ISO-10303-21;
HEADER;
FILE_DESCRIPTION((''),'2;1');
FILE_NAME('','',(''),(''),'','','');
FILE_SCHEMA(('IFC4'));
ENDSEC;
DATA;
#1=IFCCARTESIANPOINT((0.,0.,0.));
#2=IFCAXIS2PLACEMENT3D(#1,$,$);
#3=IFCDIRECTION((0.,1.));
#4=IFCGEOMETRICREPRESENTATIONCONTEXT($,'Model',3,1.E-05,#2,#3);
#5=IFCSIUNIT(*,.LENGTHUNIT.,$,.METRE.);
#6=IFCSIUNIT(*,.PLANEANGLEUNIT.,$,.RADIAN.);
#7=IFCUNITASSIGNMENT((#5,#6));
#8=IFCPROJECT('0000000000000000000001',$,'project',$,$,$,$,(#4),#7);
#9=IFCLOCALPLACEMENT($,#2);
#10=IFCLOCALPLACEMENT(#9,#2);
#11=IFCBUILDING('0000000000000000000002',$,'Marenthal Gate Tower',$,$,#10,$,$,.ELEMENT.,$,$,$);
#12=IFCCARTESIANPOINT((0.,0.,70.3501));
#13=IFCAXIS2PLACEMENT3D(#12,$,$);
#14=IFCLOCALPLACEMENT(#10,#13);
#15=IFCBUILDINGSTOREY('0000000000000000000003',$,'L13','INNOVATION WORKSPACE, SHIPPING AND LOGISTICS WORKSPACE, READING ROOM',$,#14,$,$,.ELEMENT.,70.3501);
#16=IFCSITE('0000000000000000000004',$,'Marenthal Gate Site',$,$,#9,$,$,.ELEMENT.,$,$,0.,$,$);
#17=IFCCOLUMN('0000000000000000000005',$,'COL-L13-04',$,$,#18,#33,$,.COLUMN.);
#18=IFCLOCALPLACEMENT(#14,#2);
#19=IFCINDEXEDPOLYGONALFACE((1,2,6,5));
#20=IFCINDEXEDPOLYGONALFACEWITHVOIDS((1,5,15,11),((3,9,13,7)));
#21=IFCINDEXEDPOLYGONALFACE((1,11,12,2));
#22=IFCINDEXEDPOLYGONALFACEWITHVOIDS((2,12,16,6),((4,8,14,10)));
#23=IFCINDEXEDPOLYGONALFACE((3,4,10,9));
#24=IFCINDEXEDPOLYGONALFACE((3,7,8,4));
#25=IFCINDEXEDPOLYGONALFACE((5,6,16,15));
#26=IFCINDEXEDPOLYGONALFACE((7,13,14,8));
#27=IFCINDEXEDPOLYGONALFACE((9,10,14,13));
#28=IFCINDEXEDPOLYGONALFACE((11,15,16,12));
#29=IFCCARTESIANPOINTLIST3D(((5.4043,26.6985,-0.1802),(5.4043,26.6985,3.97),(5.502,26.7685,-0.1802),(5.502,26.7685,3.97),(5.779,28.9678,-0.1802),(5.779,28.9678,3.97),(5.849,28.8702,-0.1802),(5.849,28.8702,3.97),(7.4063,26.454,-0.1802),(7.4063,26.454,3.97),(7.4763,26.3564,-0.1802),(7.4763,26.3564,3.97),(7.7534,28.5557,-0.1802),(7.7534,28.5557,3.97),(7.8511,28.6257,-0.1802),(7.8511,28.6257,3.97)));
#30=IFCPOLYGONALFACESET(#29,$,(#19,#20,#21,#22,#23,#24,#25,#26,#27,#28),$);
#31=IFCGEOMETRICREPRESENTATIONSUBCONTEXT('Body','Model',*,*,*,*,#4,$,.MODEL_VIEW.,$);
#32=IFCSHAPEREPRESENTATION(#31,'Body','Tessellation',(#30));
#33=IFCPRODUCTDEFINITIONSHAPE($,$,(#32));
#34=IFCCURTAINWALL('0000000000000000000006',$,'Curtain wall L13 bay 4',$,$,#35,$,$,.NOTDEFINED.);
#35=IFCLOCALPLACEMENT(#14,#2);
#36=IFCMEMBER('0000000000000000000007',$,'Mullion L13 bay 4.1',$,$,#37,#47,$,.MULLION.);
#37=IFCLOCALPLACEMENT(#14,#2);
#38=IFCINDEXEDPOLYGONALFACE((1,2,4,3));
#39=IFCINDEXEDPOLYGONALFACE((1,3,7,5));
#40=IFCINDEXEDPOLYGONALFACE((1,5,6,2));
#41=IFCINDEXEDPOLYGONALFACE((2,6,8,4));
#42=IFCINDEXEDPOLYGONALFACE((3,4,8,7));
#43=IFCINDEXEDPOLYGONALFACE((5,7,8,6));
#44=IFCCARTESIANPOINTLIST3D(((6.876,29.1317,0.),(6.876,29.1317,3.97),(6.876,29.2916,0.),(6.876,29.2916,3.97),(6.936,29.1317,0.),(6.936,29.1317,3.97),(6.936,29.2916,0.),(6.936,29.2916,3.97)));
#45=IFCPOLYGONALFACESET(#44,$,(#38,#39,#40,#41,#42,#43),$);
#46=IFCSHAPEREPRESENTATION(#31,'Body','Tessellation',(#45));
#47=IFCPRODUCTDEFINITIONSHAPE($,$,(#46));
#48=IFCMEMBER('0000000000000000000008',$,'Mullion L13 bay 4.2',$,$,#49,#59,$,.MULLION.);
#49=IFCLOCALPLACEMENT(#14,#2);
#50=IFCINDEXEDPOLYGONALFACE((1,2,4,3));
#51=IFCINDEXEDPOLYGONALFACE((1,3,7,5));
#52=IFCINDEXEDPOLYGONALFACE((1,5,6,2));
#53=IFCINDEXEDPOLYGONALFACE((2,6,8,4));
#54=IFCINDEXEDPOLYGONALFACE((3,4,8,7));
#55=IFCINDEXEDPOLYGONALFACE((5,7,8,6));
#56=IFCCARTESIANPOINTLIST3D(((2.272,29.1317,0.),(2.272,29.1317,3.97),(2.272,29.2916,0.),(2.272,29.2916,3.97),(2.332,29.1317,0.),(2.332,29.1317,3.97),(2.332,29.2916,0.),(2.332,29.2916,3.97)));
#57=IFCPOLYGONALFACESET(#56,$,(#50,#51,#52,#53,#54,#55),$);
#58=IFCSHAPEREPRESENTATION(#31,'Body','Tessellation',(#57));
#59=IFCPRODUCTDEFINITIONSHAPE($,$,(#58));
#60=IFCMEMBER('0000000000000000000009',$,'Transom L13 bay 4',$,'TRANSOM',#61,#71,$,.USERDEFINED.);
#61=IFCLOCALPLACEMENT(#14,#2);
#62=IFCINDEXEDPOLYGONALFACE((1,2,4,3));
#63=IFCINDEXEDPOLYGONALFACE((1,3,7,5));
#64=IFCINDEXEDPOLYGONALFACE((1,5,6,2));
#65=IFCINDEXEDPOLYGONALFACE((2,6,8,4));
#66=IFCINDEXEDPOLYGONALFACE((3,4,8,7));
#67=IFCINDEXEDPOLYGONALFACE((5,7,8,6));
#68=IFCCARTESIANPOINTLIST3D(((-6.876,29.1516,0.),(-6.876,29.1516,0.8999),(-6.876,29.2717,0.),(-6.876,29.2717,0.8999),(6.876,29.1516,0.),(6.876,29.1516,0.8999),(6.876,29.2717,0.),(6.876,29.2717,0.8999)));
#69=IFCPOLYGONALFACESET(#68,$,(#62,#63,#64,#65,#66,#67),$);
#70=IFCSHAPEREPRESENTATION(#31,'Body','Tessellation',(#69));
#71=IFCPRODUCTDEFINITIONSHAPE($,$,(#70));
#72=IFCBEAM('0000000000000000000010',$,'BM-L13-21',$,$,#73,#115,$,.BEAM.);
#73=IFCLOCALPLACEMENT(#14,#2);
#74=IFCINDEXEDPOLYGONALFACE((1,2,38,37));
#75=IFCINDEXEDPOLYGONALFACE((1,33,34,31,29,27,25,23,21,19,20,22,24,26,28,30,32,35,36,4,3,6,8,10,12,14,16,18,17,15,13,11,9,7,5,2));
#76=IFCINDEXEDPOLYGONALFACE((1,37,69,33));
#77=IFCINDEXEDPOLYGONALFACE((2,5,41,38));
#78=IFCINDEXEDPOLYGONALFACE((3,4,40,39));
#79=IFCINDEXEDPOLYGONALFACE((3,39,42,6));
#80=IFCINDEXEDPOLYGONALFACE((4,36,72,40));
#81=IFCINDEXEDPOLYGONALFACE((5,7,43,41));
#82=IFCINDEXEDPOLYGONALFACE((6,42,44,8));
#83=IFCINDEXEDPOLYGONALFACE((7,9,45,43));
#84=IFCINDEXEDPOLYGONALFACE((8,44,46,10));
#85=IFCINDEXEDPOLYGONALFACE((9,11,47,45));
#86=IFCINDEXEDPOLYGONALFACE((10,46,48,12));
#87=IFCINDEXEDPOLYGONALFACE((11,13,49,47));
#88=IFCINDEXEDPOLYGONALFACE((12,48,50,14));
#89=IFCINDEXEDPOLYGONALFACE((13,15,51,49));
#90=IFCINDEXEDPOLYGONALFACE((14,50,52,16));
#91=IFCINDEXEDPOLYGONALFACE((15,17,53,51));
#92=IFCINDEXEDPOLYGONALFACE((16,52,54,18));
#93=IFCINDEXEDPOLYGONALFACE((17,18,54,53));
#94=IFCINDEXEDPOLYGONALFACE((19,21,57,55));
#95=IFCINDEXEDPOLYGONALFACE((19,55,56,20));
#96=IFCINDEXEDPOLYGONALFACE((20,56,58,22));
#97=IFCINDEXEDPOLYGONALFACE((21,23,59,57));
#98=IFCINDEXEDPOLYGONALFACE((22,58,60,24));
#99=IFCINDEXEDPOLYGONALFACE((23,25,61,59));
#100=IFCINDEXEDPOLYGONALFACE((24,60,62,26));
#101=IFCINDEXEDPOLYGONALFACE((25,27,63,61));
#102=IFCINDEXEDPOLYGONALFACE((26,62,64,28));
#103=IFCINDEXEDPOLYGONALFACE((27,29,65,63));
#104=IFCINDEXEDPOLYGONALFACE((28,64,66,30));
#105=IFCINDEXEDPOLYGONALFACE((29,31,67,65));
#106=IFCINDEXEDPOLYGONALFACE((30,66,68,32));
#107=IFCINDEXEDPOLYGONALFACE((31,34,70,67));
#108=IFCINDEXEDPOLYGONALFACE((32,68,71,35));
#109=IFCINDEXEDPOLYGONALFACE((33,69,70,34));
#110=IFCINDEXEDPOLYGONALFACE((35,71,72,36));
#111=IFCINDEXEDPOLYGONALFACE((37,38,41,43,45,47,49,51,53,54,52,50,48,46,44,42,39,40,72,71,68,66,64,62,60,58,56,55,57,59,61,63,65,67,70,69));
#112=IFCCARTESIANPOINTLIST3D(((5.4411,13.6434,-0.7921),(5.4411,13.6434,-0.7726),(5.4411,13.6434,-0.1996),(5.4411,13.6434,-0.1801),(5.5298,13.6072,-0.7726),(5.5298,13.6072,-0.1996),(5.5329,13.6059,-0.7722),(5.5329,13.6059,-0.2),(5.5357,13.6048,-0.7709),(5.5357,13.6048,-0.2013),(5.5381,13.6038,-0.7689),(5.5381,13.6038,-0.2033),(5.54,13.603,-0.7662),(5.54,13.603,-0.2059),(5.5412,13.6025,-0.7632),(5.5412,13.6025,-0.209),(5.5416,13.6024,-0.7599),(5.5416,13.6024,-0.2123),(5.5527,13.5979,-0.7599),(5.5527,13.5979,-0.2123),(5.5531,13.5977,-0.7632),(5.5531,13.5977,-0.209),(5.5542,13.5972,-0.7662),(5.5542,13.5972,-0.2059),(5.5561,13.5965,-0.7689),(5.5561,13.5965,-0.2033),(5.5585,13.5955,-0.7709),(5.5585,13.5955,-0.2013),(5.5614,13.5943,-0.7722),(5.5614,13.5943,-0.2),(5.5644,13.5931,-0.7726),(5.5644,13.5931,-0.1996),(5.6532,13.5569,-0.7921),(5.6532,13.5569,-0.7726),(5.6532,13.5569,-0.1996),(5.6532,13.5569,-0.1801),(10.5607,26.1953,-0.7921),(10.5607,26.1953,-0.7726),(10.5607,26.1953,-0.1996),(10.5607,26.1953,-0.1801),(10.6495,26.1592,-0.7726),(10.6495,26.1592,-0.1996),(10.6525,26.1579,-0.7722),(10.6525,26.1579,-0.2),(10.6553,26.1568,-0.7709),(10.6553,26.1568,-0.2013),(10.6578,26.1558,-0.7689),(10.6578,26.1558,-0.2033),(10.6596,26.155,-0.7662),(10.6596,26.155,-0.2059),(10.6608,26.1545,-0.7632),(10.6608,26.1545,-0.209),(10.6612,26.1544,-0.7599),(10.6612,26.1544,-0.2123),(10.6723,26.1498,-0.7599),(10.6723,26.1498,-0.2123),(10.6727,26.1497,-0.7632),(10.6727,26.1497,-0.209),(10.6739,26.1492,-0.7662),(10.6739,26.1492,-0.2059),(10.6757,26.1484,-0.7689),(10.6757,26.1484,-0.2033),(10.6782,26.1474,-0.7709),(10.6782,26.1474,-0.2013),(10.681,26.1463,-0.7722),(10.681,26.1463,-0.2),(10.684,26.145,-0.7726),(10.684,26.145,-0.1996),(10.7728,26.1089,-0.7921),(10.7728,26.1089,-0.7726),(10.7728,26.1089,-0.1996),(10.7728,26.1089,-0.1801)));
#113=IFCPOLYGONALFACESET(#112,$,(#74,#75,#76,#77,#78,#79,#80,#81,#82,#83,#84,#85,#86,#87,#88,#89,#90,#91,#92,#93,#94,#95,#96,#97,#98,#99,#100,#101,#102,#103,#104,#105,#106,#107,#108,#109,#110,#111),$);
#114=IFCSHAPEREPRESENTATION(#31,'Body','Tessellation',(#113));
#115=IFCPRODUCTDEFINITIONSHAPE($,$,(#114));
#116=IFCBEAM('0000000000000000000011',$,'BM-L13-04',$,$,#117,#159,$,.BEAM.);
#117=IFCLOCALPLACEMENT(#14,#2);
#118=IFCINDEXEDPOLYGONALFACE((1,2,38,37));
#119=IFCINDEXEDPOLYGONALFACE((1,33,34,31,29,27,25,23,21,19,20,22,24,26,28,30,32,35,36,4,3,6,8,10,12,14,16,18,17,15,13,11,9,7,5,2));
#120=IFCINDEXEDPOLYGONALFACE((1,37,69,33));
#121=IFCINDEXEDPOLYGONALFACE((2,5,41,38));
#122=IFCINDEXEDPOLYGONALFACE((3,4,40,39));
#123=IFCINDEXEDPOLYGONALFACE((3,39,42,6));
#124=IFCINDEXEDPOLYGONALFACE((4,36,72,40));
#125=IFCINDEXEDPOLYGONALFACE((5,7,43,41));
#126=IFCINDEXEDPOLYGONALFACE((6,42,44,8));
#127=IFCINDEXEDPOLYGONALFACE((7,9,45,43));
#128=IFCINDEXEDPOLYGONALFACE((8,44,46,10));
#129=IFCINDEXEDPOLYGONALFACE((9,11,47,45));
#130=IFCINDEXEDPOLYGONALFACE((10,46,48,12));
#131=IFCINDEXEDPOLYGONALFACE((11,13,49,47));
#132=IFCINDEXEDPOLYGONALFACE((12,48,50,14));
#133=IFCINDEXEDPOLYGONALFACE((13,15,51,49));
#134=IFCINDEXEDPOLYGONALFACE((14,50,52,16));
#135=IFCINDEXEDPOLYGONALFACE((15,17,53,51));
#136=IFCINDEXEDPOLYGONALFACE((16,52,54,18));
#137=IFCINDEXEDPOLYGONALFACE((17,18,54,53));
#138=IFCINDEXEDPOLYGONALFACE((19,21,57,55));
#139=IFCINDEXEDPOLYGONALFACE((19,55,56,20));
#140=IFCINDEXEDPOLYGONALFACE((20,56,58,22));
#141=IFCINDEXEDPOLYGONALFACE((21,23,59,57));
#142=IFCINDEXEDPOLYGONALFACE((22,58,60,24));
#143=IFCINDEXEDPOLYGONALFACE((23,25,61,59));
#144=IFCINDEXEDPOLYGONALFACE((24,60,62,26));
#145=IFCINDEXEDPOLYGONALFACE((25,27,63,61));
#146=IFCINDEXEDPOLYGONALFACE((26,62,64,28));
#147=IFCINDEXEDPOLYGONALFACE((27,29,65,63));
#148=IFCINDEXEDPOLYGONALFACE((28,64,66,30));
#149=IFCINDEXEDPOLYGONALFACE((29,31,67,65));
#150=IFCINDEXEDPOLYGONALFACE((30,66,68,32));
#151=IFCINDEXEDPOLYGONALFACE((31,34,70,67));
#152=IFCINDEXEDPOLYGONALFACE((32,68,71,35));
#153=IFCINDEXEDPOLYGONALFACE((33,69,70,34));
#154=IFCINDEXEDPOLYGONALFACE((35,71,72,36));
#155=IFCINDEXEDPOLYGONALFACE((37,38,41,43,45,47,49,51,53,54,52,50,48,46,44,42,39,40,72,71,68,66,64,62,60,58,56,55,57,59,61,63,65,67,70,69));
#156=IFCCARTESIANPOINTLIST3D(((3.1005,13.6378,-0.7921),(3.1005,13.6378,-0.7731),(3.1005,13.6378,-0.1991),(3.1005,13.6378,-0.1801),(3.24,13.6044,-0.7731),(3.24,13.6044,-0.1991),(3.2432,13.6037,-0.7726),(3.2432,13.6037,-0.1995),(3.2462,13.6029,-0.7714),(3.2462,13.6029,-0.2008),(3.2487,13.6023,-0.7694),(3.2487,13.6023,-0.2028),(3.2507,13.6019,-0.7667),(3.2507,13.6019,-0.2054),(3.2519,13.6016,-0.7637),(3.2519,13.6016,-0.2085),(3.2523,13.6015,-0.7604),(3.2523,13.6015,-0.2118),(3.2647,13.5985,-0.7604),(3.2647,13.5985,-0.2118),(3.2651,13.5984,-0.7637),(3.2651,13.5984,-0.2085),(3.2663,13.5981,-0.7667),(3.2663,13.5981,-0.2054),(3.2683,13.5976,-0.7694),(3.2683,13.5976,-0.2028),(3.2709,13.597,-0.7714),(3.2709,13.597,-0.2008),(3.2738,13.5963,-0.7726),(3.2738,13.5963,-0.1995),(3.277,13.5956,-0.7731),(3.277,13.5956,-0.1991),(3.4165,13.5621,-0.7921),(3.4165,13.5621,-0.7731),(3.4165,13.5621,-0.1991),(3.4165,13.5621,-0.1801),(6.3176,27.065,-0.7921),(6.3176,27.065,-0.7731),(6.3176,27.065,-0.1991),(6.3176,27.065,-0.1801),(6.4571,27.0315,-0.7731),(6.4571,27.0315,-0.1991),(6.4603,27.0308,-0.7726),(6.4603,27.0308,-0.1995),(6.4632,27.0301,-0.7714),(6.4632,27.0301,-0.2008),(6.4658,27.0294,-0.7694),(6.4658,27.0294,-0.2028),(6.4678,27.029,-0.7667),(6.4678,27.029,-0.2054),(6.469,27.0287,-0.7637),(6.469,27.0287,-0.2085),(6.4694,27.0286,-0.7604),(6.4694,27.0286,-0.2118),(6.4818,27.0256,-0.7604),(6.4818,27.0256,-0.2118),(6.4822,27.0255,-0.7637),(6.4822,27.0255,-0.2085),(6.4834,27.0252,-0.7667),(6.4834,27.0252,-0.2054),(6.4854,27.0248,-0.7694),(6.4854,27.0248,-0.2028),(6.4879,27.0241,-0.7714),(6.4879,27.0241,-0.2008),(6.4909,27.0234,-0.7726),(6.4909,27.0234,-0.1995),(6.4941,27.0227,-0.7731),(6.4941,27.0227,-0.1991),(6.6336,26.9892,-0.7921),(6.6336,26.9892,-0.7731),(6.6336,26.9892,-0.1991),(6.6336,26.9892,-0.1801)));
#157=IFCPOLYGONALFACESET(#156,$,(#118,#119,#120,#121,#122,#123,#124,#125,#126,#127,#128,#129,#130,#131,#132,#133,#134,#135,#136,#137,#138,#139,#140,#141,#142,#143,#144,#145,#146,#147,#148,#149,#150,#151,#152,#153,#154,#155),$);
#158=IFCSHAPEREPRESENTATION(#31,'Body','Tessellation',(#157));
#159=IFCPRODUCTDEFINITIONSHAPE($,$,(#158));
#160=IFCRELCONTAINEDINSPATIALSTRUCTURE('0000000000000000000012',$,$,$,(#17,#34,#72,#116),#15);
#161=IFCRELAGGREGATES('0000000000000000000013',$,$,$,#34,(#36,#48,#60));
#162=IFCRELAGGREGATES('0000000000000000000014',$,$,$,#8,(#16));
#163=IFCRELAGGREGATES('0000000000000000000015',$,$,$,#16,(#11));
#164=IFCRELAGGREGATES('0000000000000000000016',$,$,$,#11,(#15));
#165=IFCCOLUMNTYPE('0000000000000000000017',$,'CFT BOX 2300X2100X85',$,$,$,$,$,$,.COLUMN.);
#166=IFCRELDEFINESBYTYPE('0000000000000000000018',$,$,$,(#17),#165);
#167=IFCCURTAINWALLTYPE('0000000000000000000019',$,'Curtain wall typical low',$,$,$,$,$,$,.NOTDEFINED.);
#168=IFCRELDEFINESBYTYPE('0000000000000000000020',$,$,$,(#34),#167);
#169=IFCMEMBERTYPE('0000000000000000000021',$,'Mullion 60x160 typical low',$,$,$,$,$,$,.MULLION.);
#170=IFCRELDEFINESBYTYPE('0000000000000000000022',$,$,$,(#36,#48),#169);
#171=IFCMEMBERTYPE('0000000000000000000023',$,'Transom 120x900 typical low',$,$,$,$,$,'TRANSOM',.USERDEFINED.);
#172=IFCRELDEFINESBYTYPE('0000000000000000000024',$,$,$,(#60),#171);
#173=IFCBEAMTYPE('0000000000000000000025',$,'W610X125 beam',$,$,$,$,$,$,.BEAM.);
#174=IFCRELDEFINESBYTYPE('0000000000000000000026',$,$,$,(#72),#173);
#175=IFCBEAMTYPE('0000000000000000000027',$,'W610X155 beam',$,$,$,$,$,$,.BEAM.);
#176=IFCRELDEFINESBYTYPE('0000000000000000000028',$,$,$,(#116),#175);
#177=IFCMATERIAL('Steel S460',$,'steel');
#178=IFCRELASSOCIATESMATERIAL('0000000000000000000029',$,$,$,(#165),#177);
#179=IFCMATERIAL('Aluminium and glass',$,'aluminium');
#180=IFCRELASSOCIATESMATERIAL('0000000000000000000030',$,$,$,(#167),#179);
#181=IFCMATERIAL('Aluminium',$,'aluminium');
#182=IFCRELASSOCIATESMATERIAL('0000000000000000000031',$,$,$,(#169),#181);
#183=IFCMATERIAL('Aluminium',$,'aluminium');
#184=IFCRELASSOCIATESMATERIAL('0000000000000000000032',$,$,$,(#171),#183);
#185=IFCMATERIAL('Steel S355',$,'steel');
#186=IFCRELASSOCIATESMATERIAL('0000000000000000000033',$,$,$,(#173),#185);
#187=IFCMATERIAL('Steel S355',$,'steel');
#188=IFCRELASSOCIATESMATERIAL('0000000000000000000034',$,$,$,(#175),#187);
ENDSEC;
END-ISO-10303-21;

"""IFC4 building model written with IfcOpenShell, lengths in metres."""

from ifc_helpers import new_model, si_unit, direction, frame, origin, origin_2d, place, context, subcontext, project, spatial, rectangle, hollow_rectangle, i_section, extrude, material, material_profile, profile_set, type_object, element, aggregate, save


model = new_model("IFC4")

# Units and contexts
model_context = context("Model", 3, precision=1e-05, world=origin(), true_north=direction((0.0, 1.0)))
body_context = subcontext(model_context, "Body", "Model", "MODEL_VIEW")
ifc_project = project(units=[si_unit("LENGTHUNIT", "METRE"), si_unit("PLANEANGLEUNIT", "RADIAN")], contexts=[model_context])

# Site, building, storey
site_placement = place(None, origin())
site = spatial("IfcSite", under=ifc_project, at=site_placement, Name="Marenthal Gate Site", CompositionType="ELEMENT", RefElevation=0.0)
building_placement = place(site_placement, origin())
building = spatial("IfcBuilding", under=site, at=building_placement, Name="Marenthal Gate Tower", CompositionType="ELEMENT")
storey_placement = place(building_placement, frame((0.0, 0.0, 70.3501)))
storey = spatial("IfcBuildingStorey", under=building, at=storey_placement, Name="L13", Description="INNOVATION WORKSPACE, SHIPPING AND LOGISTICS WORKSPACE, READING ROOM", CompositionType="ELEMENT", Elevation=70.3501)

# Column
ifc_material_1 = material(Name="Steel S460", Category="steel")
ifc_material_profile_1 = material_profile(ifc_material_1, hollow_rectangle(XDim=2.1001, YDim=2.3, WallThickness=0.085, at=origin_2d()), Name="CFT BOX 2300X2100X85")
ifc_material_2 = material(Name="Concrete 70 MPa", Category="concrete")
ifc_material_profile_2 = material_profile(ifc_material_2, rectangle(XDim=1.9299, YDim=2.1299, at=origin_2d()), Name="CFT BOX 2300X2100X85 INFILL")
ifc_profile_set_1 = profile_set([ifc_material_profile_1, ifc_material_profile_2], Name="Steel S460 shell, Concrete 70 MPa infill")
column_type = type_object("IfcColumnType", Name="CFT BOX 2300X2100X85", PredefinedType="COLUMN", material=ifc_profile_set_1)
column_placement = place(storey_placement, frame((6.6277, 27.6621, -0.1802), z_axis=(0.0, 0.0, 1.0), x_axis=(0.986638, -0.162928, 0.0)))
element("IfcColumn", 1, at=column_placement, inside=storey, type_object=column_type, Name="COL-L13-04", PredefinedType="COLUMN", context=body_context, shape_type="SweptSolid", body=[
    extrude(hollow_rectangle(XDim=2.1001, YDim=2.3, WallThickness=0.085, at=origin_2d()), origin(), (0.0, 0.0, 1.0), 4.1501),
])

# Curtain wall, members
ifc_material_3 = material(Name="Aluminium and glass", Category="aluminium")
curtain_wall_type = type_object("IfcCurtainWallType", Name="Curtain wall typical low", PredefinedType="NOTDEFINED", material=ifc_material_3)
curtain_wall_placement = place(storey_placement, origin())
curtain_wall = element("IfcCurtainWall", 2, at=curtain_wall_placement, inside=storey, type_object=curtain_wall_type, Name="Curtain wall L13 bay 4", PredefinedType="NOTDEFINED")
ifc_material_4 = material(Name="Aluminium", Category="aluminium")
ifc_material_profile_3 = material_profile(ifc_material_4, rectangle(XDim=0.1599, YDim=0.0601, at=origin_2d()), Name="60x160 aluminium mullion")
ifc_profile_set_2 = profile_set([ifc_material_profile_3], Name="Aluminium")
member_type_1 = type_object("IfcMemberType", Name="Mullion 60x160 typical low", PredefinedType="MULLION", material=ifc_profile_set_2)
member_1_placement = place(storey_placement, frame((6.906, 29.2117, 0.0), z_axis=(0.0, 0.0, 1.0), x_axis=(0.0, -1.0, 0.0)))
member_1 = element("IfcMember", 3, at=member_1_placement, type_object=member_type_1, Name="Mullion L13 bay 4.1", PredefinedType="MULLION", context=body_context, shape_type="SweptSolid", body=[
    extrude(rectangle(XDim=0.1599, YDim=0.0601, at=origin_2d()), origin(), (0.0, 0.0, 1.0), 3.97),
])
member_2_placement = place(storey_placement, frame((2.302, 29.2117, 0.0), z_axis=(0.0, 0.0, 1.0), x_axis=(0.0, -1.0, 0.0)))
member_2 = element("IfcMember", 4, at=member_2_placement, type_object=member_type_1, Name="Mullion L13 bay 4.2", PredefinedType="MULLION", context=body_context, shape_type="SweptSolid", body=[
    extrude(rectangle(XDim=0.1599, YDim=0.0601, at=origin_2d()), origin(), (0.0, 0.0, 1.0), 3.97),
])
ifc_material_5 = material(Name="Aluminium", Category="aluminium")
ifc_material_profile_4 = material_profile(ifc_material_5, rectangle(XDim=0.1201, YDim=0.8999, at=origin_2d()), Name="120x900 aluminium transom")
ifc_profile_set_3 = profile_set([ifc_material_profile_4], Name="Aluminium")
member_type_2 = type_object("IfcMemberType", Name="Transom 120x900 typical low", ElementType="TRANSOM", PredefinedType="USERDEFINED", material=ifc_profile_set_3)
member_3_placement = place(storey_placement, frame((6.876, 29.2117, 0.45), z_axis=(-1.0, 0.0, 0.0), x_axis=(0.0, -1.0, 0.0)))
member_3 = element("IfcMember", 5, at=member_3_placement, type_object=member_type_2, Name="Transom L13 bay 4", ObjectType="TRANSOM", PredefinedType="USERDEFINED", context=body_context, shape_type="SweptSolid", body=[
    extrude(rectangle(XDim=0.1201, YDim=0.8999, at=origin_2d()), origin(), (0.0, 0.0, 1.0), 13.752),
])

# Beams
ifc_material_6 = material(Name="Steel S355", Category="steel")
ifc_material_profile_5 = material_profile(ifc_material_6, i_section(OverallWidth=0.229, OverallDepth=0.6121, WebThickness=0.012, FlangeThickness=0.0195, FilletRadius=0.0127, at=origin_2d()), Name="W610X125")
ifc_profile_set_4 = profile_set([ifc_material_profile_5], Name="Steel S355")
beam_type_1 = type_object("IfcBeamType", Name="W610X125 beam", PredefinedType="BEAM", material=ifc_profile_set_4)
beam_1_placement = place(storey_placement, frame((10.6667, 26.1521, -0.4861), z_axis=(-0.377667, -0.925941, 0.0), x_axis=(0.925941, -0.377667, 0.0)))
element("IfcBeam", 6, at=beam_1_placement, inside=storey, type_object=beam_type_1, Name="BM-L13-21", PredefinedType="BEAM", context=body_context, shape_type="SweptSolid", body=[
    extrude(i_section(OverallWidth=0.229, OverallDepth=0.6121, WebThickness=0.012, FlangeThickness=0.0195, FilletRadius=0.0127, at=origin_2d()), origin(), (0.0, 0.0, 1.0), 13.5559),
])
ifc_material_7 = material(Name="Steel S355", Category="steel")
ifc_material_profile_6 = material_profile(ifc_material_7, i_section(OverallWidth=0.325, OverallDepth=0.6121, WebThickness=0.0127, FlangeThickness=0.019, FilletRadius=0.0127, at=origin_2d()), Name="W610X155")
ifc_profile_set_5 = profile_set([ifc_material_profile_6], Name="Steel S355")
beam_type_2 = type_object("IfcBeamType", Name="W610X155 beam", PredefinedType="BEAM", material=ifc_profile_set_5)
beam_2_placement = place(storey_placement, frame((6.4756, 27.0271, -0.4861), z_axis=(-0.233, -0.972477, 0.0), x_axis=(0.972477, -0.233, 0.0)))
element("IfcBeam", 7, at=beam_2_placement, inside=storey, type_object=beam_type_2, Name="BM-L13-04", PredefinedType="BEAM", context=body_context, shape_type="SweptSolid", body=[
    extrude(i_section(OverallWidth=0.325, OverallDepth=0.6121, WebThickness=0.0127, FlangeThickness=0.019, FilletRadius=0.0127, at=origin_2d()), origin(), (0.0, 0.0, 1.0), 13.8071),
])

aggregate(curtain_wall, [member_1, member_2, member_3])

save(model, "model.ifc")
